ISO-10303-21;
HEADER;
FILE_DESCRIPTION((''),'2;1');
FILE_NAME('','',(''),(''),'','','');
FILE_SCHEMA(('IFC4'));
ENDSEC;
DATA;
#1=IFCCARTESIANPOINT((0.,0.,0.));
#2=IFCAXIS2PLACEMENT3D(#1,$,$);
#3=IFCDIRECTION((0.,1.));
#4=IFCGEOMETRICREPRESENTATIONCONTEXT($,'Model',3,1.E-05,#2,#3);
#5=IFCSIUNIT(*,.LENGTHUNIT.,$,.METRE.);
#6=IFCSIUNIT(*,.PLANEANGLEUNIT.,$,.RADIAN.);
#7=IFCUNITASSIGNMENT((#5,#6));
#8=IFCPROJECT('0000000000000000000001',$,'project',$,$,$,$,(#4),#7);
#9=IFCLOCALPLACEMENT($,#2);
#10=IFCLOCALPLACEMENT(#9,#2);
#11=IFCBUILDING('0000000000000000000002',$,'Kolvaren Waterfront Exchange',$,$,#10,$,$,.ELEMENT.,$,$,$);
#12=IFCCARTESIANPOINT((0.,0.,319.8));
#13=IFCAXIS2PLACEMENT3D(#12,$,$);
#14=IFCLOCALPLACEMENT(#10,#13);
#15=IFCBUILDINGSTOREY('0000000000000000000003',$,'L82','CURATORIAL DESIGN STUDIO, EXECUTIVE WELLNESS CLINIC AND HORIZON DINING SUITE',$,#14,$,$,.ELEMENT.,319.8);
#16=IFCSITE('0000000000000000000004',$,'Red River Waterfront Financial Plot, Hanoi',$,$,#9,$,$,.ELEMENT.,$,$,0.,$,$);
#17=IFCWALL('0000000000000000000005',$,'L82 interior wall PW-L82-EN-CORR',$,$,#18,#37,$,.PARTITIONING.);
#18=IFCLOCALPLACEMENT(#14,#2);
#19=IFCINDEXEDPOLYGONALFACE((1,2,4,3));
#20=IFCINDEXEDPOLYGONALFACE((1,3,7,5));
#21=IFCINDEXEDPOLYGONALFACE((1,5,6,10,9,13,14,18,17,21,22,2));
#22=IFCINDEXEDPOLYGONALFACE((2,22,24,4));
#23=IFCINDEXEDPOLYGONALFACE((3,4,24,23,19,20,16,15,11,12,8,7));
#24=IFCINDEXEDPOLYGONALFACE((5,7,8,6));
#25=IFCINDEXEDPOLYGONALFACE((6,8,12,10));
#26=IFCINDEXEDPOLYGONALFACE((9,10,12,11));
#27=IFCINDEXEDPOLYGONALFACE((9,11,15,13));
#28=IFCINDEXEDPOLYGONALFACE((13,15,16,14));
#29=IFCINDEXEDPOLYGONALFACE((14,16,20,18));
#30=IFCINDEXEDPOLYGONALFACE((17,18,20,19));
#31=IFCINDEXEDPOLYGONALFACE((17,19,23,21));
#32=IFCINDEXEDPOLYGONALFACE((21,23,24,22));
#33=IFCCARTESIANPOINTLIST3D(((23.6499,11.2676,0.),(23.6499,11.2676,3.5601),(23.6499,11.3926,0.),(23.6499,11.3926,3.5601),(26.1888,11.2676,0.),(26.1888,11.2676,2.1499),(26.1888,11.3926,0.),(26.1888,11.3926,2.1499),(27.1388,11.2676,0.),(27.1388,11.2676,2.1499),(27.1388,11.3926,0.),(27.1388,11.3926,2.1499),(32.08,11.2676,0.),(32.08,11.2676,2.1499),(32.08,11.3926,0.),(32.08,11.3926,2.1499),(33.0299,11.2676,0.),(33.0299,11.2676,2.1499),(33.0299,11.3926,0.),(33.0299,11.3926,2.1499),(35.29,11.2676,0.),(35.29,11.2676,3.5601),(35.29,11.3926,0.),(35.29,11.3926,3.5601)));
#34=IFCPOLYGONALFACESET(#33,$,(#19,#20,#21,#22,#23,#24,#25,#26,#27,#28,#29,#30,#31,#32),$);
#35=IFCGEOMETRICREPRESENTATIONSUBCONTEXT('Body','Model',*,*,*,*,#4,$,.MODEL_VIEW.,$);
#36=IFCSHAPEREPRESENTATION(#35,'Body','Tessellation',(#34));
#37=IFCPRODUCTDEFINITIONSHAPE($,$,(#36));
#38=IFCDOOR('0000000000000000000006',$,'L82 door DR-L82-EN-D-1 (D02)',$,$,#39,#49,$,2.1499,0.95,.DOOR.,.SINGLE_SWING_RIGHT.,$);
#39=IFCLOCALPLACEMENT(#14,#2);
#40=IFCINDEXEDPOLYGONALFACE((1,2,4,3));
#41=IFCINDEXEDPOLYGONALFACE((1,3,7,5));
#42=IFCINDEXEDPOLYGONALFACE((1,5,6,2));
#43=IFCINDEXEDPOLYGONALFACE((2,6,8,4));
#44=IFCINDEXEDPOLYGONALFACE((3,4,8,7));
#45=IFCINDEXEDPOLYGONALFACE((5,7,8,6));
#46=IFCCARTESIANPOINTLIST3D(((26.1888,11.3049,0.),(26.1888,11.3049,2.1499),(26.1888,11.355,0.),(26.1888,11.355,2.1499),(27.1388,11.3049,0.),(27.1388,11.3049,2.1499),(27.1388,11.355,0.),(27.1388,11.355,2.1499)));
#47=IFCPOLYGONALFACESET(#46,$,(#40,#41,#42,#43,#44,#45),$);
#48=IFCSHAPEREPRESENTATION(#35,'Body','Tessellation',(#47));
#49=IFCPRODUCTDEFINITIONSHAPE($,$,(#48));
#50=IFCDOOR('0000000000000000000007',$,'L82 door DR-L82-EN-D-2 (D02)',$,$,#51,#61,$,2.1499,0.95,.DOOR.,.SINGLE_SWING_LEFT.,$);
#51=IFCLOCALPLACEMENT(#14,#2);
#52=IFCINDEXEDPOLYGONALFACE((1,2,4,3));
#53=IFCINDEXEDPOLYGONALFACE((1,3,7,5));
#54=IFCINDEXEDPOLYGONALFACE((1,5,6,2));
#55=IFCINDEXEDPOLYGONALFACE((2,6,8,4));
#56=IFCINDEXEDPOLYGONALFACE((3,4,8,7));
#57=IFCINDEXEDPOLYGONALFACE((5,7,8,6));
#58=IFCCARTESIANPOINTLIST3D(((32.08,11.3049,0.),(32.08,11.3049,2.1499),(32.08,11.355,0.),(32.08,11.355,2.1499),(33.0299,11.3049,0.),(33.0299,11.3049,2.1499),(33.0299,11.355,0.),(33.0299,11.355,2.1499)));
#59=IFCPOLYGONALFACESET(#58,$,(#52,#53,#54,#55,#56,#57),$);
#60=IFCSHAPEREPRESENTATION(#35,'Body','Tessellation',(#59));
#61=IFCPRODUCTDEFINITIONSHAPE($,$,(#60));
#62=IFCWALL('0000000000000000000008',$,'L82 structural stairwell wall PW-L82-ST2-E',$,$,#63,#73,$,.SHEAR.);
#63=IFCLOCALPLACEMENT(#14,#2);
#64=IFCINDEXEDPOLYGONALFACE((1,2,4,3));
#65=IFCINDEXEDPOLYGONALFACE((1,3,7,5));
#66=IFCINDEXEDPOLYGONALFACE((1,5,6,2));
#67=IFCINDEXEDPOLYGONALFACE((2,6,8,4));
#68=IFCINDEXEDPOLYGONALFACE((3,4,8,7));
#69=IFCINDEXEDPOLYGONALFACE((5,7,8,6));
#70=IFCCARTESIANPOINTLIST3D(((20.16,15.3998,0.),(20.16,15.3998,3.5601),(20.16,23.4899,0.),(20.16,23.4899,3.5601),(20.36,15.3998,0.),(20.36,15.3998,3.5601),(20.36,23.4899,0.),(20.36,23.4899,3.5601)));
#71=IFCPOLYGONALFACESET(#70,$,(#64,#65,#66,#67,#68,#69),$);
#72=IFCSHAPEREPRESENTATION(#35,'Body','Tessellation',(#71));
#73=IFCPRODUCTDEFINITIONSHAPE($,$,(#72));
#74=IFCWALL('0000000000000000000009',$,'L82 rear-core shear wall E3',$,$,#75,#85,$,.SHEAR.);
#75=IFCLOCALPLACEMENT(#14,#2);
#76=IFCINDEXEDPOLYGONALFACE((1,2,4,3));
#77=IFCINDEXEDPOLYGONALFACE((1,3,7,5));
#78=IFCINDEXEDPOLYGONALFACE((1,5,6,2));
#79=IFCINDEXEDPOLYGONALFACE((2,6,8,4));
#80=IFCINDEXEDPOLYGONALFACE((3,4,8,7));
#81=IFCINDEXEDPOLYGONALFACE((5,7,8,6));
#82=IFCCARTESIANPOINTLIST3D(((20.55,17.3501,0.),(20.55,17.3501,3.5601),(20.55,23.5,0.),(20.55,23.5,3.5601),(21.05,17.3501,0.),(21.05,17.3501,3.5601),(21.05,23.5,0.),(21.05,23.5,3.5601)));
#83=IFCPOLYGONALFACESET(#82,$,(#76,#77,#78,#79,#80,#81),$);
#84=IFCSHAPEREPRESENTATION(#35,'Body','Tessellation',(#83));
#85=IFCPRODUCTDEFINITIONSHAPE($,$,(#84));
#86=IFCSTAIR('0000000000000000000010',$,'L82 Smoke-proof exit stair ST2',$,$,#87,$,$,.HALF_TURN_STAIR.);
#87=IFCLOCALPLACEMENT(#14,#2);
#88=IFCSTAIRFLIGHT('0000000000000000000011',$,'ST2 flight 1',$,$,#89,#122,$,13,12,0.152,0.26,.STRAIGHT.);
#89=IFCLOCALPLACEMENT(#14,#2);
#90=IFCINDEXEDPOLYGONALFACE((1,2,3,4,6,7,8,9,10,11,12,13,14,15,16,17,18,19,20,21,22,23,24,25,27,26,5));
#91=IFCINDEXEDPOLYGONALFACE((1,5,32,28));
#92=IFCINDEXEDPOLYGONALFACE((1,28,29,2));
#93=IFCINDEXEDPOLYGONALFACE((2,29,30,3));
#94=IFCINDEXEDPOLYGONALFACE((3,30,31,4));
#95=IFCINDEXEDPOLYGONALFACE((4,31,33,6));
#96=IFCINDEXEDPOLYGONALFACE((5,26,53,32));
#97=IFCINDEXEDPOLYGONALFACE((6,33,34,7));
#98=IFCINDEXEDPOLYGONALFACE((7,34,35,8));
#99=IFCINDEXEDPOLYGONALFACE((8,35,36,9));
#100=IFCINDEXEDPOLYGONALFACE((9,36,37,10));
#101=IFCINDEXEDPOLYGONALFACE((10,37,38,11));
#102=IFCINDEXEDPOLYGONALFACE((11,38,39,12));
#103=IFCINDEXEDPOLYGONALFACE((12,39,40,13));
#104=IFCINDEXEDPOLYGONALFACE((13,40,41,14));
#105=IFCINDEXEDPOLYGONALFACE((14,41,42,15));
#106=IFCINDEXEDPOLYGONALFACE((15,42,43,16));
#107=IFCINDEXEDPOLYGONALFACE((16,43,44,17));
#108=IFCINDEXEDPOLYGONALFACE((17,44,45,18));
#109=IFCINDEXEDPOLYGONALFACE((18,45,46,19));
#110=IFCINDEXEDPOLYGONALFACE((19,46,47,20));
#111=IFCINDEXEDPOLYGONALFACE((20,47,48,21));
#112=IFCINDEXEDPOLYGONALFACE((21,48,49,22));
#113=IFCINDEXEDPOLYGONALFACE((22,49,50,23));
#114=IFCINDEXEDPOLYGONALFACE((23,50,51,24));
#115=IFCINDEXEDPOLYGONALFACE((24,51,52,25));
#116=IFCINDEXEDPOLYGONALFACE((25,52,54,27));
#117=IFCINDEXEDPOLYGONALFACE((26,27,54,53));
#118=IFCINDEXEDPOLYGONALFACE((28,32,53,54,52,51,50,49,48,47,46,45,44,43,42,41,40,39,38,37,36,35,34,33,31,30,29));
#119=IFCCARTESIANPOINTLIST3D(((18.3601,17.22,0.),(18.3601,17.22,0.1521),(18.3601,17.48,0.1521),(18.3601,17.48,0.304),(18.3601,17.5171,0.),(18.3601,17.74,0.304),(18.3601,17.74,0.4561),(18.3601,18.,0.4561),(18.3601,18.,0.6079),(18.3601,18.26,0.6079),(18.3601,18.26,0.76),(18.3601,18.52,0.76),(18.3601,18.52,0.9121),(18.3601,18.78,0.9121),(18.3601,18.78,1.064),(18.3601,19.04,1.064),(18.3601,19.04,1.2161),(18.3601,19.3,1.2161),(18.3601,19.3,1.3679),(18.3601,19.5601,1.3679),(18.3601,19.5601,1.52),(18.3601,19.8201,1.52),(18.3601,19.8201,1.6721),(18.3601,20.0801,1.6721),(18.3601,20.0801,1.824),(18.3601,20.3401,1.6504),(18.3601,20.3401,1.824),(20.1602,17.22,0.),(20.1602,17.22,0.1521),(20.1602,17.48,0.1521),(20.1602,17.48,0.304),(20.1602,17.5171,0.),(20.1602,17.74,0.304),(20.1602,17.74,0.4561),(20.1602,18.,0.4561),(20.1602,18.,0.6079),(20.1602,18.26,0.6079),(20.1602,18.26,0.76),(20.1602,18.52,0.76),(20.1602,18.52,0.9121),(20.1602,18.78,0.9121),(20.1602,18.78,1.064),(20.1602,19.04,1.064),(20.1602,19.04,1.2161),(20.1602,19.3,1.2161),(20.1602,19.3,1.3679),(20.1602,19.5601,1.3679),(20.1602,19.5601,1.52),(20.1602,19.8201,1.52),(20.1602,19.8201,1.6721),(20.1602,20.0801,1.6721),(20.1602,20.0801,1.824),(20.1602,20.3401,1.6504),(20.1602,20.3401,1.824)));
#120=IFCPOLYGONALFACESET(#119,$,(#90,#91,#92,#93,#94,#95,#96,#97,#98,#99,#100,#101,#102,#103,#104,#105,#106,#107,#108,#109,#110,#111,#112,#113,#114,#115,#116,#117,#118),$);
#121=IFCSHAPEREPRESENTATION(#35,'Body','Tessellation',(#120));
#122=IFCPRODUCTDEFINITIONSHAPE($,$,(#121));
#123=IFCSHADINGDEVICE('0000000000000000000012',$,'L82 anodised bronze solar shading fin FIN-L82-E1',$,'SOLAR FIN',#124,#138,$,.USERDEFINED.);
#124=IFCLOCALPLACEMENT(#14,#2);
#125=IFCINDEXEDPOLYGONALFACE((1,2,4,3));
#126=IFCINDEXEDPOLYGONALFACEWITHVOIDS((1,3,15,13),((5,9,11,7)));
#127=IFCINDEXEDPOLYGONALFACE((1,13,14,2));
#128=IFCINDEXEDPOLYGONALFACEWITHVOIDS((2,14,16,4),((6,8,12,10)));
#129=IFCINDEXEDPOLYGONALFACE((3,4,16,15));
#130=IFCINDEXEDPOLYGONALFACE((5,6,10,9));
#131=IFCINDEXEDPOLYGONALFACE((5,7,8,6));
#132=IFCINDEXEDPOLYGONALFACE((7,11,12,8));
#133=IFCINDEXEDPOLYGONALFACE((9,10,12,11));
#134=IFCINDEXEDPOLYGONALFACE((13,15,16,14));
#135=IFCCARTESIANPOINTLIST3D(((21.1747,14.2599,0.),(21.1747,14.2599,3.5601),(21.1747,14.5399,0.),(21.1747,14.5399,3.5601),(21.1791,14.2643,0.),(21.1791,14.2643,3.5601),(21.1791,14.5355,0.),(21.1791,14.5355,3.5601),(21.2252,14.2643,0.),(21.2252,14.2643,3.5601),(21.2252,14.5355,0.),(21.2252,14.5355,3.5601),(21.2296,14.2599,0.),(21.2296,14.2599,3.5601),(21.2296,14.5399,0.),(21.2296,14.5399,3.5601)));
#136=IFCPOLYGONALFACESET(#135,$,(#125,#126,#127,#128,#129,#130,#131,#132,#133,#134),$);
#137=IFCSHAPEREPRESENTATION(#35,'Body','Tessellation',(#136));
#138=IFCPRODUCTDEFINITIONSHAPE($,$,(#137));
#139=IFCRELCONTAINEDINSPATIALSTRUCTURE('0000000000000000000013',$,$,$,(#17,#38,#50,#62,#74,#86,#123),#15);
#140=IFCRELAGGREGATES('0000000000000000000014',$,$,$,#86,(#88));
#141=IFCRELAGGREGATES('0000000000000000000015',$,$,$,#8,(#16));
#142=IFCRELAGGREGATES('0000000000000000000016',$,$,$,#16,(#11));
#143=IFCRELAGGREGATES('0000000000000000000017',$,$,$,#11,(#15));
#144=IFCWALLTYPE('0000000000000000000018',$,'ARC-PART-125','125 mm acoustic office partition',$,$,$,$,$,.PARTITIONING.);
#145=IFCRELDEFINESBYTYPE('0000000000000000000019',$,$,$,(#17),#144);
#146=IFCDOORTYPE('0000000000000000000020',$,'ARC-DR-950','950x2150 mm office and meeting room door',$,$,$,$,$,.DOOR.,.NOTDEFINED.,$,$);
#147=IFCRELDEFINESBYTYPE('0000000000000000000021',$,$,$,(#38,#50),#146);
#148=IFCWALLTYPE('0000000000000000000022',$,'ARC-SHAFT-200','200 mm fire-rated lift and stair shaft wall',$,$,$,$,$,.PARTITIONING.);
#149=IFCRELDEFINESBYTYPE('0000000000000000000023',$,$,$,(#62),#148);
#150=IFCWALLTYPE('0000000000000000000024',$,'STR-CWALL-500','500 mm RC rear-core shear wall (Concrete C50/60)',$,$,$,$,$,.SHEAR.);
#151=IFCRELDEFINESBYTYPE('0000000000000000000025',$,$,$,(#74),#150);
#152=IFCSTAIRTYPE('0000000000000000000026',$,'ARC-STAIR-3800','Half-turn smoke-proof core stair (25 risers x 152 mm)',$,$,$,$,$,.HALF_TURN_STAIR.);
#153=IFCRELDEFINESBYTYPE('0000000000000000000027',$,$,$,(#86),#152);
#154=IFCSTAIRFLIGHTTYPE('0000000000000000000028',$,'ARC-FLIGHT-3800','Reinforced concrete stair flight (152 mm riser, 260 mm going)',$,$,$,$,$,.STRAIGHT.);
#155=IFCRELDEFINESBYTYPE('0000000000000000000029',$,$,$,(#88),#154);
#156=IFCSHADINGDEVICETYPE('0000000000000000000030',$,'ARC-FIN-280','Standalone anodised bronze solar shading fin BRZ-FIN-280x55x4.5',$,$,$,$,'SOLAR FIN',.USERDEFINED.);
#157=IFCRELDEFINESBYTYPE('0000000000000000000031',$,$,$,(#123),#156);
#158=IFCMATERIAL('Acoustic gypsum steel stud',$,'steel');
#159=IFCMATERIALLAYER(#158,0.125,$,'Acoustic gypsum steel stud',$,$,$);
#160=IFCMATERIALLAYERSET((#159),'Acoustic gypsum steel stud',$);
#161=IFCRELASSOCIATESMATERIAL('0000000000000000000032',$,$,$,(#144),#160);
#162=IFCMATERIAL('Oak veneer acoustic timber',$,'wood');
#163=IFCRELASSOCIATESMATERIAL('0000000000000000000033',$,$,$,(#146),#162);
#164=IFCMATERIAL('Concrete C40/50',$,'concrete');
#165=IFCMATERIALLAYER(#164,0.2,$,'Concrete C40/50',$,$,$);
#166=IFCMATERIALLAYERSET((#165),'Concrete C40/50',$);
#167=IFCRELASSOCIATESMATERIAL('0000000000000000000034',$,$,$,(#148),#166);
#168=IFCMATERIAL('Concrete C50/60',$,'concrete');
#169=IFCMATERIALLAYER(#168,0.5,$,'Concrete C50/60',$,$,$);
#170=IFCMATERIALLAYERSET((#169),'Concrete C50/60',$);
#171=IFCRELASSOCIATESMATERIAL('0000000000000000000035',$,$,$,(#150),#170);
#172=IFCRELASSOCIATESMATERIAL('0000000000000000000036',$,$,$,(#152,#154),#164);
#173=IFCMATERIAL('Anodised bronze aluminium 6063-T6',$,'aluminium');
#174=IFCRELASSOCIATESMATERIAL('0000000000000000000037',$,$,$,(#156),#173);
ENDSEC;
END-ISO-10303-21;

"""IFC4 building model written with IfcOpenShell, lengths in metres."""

from ifc_helpers import new_model, si_unit, direction, frame, frame_2d, origin, origin_2d, place, context, subcontext, project, spatial, polyline, rectangle, hollow_rectangle, outline, extrude, material, layer, layer_set, material_profile, profile_set, type_object, element, fill, aggregate, save


model = new_model("IFC4")

# Units and contexts
model_context = context("Model", 3, precision=1e-05, world=origin(), true_north=direction((0.0, 1.0)))
body_context = subcontext(model_context, "Body", "Model", "MODEL_VIEW")
ifc_project = project(units=[si_unit("LENGTHUNIT", "METRE"), si_unit("PLANEANGLEUNIT", "RADIAN")], contexts=[model_context])

# Site, building, storey
site_placement = place(None, origin())
site = spatial("IfcSite", under=ifc_project, at=site_placement, Name="Red River Waterfront Financial Plot, Hanoi", CompositionType="ELEMENT", RefElevation=0.0)
building_placement = place(site_placement, origin())
building = spatial("IfcBuilding", under=site, at=building_placement, Name="Kolvaren Waterfront Exchange", CompositionType="ELEMENT")
storey_placement = place(building_placement, frame((0.0, 0.0, 319.8)))
storey = spatial("IfcBuildingStorey", under=building, at=storey_placement, Name="L82", Description="CURATORIAL DESIGN STUDIO, EXECUTIVE WELLNESS CLINIC AND HORIZON DINING SUITE", CompositionType="ELEMENT", Elevation=319.8)

# Shared definitions
ifc_material_1 = material(Name="Concrete C50/60", Category="concrete")

# Shared definitions
ifc_material_2 = material(Name="Acoustic gypsum steel stud", Category="steel")
ifc_layer_1 = layer(ifc_material_2, 0.125, Name="Acoustic gypsum steel stud")
ifc_layer_set_1 = layer_set([ifc_layer_1], Name="Acoustic gypsum steel stud")
wall_type_1 = type_object("IfcWallType", Name="ARC-PART-125", Description="125 mm acoustic office partition", PredefinedType="PARTITIONING", material=ifc_layer_set_1)

# Wall, openings, doors
wall_1_placement = place(storey_placement, frame((23.6499, 11.3301, 0.0), z_axis=(0.0, 0.0, 1.0), x_axis=(1.0, 0.0, 0.0)))
wall_1 = element("IfcWall", 1, at=wall_1_placement, inside=storey, type_object=wall_type_1, Name="L82 interior wall PW-L82-EN-CORR", PredefinedType="PARTITIONING", context=body_context, shape_type="SweptSolid", body=[
    extrude(rectangle(XDim=11.6401, YDim=0.125, at=frame_2d((5.8201, 0.0))), origin(), (0.0, 0.0, 1.0), 3.5601),
])
opening_1_placement = place(wall_1_placement, frame((2.5388, 0.0, 0.0)))
opening_1 = element("IfcOpeningElement", 2, at=opening_1_placement, cuts=wall_1, PredefinedType="OPENING", context=body_context, shape_type="SweptSolid", body=[
    extrude(rectangle(XDim=0.95, YDim=2.1499, at=frame_2d((0.4751, 1.075))), frame((0.0, 0.0725, 0.0), z_axis=(0.0, -1.0, 0.0), x_axis=(1.0, 0.0, 0.0)), (0.0, 0.0, 1.0), 0.145),
])
opening_2_placement = place(wall_1_placement, frame((8.4299, 0.0, 0.0)))
opening_2 = element("IfcOpeningElement", 3, at=opening_2_placement, cuts=wall_1, PredefinedType="OPENING", context=body_context, shape_type="SweptSolid", body=[
    extrude(rectangle(XDim=0.95, YDim=2.1499, at=frame_2d((0.4751, 1.075))), frame((0.0, 0.0725, 0.0), z_axis=(0.0, -1.0, 0.0), x_axis=(1.0, 0.0, 0.0)), (0.0, 0.0, 1.0), 0.145),
])
ifc_material_3 = material(Name="Oak veneer acoustic timber", Category="wood")
door_type = type_object("IfcDoorType", Name="ARC-DR-950", Description="950x2150 mm office and meeting room door", OperationType="NOTDEFINED", PredefinedType="DOOR", material=ifc_material_3)
door_1_placement = place(opening_1_placement, origin())
door_1 = element("IfcDoor", 4, at=door_1_placement, inside=storey, type_object=door_type, Name="L82 door DR-L82-EN-D-1 (D02)", OperationType="SINGLE_SWING_RIGHT", OverallHeight=2.1499, OverallWidth=0.95, PredefinedType="DOOR", context=body_context, shape_type="SweptSolid", body=[
    extrude(rectangle(XDim=0.95, YDim=2.1499, at=frame_2d((0.4751, 1.075))), frame((0.0, 0.0249, 0.0), z_axis=(0.0, -1.0, 0.0), x_axis=(1.0, 0.0, 0.0)), (0.0, 0.0, 1.0), 0.05),
])
fill(opening_1, door_1)
door_2_placement = place(opening_2_placement, origin())
door_2 = element("IfcDoor", 5, at=door_2_placement, inside=storey, type_object=door_type, Name="L82 door DR-L82-EN-D-2 (D02)", OperationType="SINGLE_SWING_LEFT", OverallHeight=2.1499, OverallWidth=0.95, PredefinedType="DOOR", context=body_context, shape_type="SweptSolid", body=[
    extrude(rectangle(XDim=0.95, YDim=2.1499, at=frame_2d((0.4751, 1.075))), frame((0.0, 0.0249, 0.0), z_axis=(0.0, -1.0, 0.0), x_axis=(1.0, 0.0, 0.0)), (0.0, 0.0, 1.0), 0.05),
])
fill(opening_2, door_2)

# Walls
ifc_material_4 = material(Name="Concrete C40/50", Category="concrete")
ifc_layer_2 = layer(ifc_material_4, 0.2, Name="Concrete C40/50")
ifc_layer_set_2 = layer_set([ifc_layer_2], Name="Concrete C40/50")
wall_type_2 = type_object("IfcWallType", Name="ARC-SHAFT-200", Description="200 mm fire-rated lift and stair shaft wall", PredefinedType="PARTITIONING", material=ifc_layer_set_2)
wall_2_placement = place(storey_placement, frame((20.26, 15.3999, 0.0), z_axis=(0.0, 0.0, 1.0), x_axis=(0.0, 1.0, 0.0)))
element("IfcWall", 6, at=wall_2_placement, inside=storey, type_object=wall_type_2, Name="L82 structural stairwell wall PW-L82-ST2-E", PredefinedType="SHEAR", context=body_context, shape_type="SweptSolid", body=[
    extrude(rectangle(XDim=8.0901, YDim=0.2, at=frame_2d((4.0449, 0.0))), origin(), (0.0, 0.0, 1.0), 3.5601),
])
ifc_layer_3 = layer(ifc_material_1, 0.5, Name="Concrete C50/60")
ifc_layer_set_3 = layer_set([ifc_layer_3], Name="Concrete C50/60")
wall_type_3 = type_object("IfcWallType", Name="STR-CWALL-500", Description="500 mm RC rear-core shear wall (Concrete C50/60)", PredefinedType="SHEAR", material=ifc_layer_set_3)
wall_3_placement = place(storey_placement, frame((20.8, 17.3501, 0.0), z_axis=(0.0, 0.0, 1.0), x_axis=(0.0, 1.0, 0.0)))
element("IfcWall", 7, at=wall_3_placement, inside=storey, type_object=wall_type_3, Name="L82 rear-core shear wall E3", PredefinedType="SHEAR", context=body_context, shape_type="SweptSolid", body=[
    extrude(rectangle(XDim=6.1499, YDim=0.5, at=frame_2d((3.075, 0.0))), origin(), (0.0, 0.0, 1.0), 3.5601),
])

# Stair, stair flight
stair_type = type_object("IfcStairType", Name="ARC-STAIR-3800", Description="Half-turn smoke-proof core stair (25 risers x 152 mm)", PredefinedType="HALF_TURN_STAIR", material=ifc_material_4)
stair_placement = place(storey_placement, origin())
stair = element("IfcStair", 8, at=stair_placement, inside=storey, type_object=stair_type, Name="L82 Smoke-proof exit stair ST2", PredefinedType="HALF_TURN_STAIR")
stair_flight_type = type_object("IfcStairFlightType", Name="ARC-FLIGHT-3800", Description="Reinforced concrete stair flight (152 mm riser, 260 mm going)", PredefinedType="STRAIGHT", material=ifc_material_4)
stair_flight_placement = place(storey_placement, frame((19.26, 17.22, 0.0), z_axis=(0.0, 0.0, 1.0), x_axis=(0.0, 1.0, 0.0)))
stair_flight = element("IfcStairFlight", 9, at=stair_flight_placement, type_object=stair_flight_type, Name="ST2 flight 1", NumberOfRisers=13, NumberOfTreads=12, PredefinedType="STRAIGHT", RiserHeight=0.152, TreadLength=0.26, context=body_context, shape_type="SweptSolid", body=[
    extrude(outline(polyline([(0.0, 0.0), (0.0, 0.1521), (0.26, 0.1521), (0.26, 0.304), (0.52, 0.304), (0.52, 0.4561), (0.78, 0.4561), (0.78, 0.6079), (1.04, 0.6079), (1.04, 0.76), (1.3, 0.76), (1.3, 0.9121), (1.5601, 0.9121), (1.5601, 1.064), (1.8201, 1.064), (1.8201, 1.2161), (2.0801, 1.2161), (2.0801, 1.3679), (2.3401, 1.3679), (2.3401, 1.52), (2.6001, 1.52), (2.6001, 1.6721), (2.8601, 1.6721), (2.8601, 1.824), (3.1201, 1.824), (3.1201, 1.9761), (3.1201, 1.6504), (0.2971, 0.0), (0.0, 0.0)])), frame((0.0, 0.8999, 0.0), z_axis=(0.0, -1.0, 0.0), x_axis=(1.0, 0.0, 0.0)), (0.0, 0.0, 1.0), 1.8),
])
aggregate(stair, [stair_flight])

# Shading device
ifc_material_5 = material(Name="Anodised bronze aluminium 6063-T6", Category="aluminium")
ifc_material_profile_1 = material_profile(ifc_material_5, hollow_rectangle(XDim=0.0549, YDim=0.28, WallThickness=0.0044, at=origin_2d()), Name="BRZ-FIN-280x55x4.5")
ifc_profile_set_1 = profile_set([ifc_material_profile_1], Name="Anodised bronze aluminium 6063-T6")
shading_device_type = type_object("IfcShadingDeviceType", Name="ARC-FIN-280", Description="Standalone anodised bronze solar shading fin BRZ-FIN-280x55x4.5", ElementType="SOLAR FIN", PredefinedType="USERDEFINED", material=ifc_profile_set_1)
shading_device_placement = place(storey_placement, frame((21.2021, 14.3999, 0.0), z_axis=(0.0, 0.0, 1.0), x_axis=(1.0, 0.0, 0.0)))
element("IfcShadingDevice", 10, at=shading_device_placement, inside=storey, type_object=shading_device_type, Name="L82 anodised bronze solar shading fin FIN-L82-E1", ObjectType="SOLAR FIN", PredefinedType="USERDEFINED", context=body_context, shape_type="SweptSolid", body=[
    extrude(hollow_rectangle(XDim=0.0549, YDim=0.28, WallThickness=0.0044, at=origin_2d()), origin(), (0.0, 0.0, 1.0), 3.5601),
])

save(model, "model.ifc")
